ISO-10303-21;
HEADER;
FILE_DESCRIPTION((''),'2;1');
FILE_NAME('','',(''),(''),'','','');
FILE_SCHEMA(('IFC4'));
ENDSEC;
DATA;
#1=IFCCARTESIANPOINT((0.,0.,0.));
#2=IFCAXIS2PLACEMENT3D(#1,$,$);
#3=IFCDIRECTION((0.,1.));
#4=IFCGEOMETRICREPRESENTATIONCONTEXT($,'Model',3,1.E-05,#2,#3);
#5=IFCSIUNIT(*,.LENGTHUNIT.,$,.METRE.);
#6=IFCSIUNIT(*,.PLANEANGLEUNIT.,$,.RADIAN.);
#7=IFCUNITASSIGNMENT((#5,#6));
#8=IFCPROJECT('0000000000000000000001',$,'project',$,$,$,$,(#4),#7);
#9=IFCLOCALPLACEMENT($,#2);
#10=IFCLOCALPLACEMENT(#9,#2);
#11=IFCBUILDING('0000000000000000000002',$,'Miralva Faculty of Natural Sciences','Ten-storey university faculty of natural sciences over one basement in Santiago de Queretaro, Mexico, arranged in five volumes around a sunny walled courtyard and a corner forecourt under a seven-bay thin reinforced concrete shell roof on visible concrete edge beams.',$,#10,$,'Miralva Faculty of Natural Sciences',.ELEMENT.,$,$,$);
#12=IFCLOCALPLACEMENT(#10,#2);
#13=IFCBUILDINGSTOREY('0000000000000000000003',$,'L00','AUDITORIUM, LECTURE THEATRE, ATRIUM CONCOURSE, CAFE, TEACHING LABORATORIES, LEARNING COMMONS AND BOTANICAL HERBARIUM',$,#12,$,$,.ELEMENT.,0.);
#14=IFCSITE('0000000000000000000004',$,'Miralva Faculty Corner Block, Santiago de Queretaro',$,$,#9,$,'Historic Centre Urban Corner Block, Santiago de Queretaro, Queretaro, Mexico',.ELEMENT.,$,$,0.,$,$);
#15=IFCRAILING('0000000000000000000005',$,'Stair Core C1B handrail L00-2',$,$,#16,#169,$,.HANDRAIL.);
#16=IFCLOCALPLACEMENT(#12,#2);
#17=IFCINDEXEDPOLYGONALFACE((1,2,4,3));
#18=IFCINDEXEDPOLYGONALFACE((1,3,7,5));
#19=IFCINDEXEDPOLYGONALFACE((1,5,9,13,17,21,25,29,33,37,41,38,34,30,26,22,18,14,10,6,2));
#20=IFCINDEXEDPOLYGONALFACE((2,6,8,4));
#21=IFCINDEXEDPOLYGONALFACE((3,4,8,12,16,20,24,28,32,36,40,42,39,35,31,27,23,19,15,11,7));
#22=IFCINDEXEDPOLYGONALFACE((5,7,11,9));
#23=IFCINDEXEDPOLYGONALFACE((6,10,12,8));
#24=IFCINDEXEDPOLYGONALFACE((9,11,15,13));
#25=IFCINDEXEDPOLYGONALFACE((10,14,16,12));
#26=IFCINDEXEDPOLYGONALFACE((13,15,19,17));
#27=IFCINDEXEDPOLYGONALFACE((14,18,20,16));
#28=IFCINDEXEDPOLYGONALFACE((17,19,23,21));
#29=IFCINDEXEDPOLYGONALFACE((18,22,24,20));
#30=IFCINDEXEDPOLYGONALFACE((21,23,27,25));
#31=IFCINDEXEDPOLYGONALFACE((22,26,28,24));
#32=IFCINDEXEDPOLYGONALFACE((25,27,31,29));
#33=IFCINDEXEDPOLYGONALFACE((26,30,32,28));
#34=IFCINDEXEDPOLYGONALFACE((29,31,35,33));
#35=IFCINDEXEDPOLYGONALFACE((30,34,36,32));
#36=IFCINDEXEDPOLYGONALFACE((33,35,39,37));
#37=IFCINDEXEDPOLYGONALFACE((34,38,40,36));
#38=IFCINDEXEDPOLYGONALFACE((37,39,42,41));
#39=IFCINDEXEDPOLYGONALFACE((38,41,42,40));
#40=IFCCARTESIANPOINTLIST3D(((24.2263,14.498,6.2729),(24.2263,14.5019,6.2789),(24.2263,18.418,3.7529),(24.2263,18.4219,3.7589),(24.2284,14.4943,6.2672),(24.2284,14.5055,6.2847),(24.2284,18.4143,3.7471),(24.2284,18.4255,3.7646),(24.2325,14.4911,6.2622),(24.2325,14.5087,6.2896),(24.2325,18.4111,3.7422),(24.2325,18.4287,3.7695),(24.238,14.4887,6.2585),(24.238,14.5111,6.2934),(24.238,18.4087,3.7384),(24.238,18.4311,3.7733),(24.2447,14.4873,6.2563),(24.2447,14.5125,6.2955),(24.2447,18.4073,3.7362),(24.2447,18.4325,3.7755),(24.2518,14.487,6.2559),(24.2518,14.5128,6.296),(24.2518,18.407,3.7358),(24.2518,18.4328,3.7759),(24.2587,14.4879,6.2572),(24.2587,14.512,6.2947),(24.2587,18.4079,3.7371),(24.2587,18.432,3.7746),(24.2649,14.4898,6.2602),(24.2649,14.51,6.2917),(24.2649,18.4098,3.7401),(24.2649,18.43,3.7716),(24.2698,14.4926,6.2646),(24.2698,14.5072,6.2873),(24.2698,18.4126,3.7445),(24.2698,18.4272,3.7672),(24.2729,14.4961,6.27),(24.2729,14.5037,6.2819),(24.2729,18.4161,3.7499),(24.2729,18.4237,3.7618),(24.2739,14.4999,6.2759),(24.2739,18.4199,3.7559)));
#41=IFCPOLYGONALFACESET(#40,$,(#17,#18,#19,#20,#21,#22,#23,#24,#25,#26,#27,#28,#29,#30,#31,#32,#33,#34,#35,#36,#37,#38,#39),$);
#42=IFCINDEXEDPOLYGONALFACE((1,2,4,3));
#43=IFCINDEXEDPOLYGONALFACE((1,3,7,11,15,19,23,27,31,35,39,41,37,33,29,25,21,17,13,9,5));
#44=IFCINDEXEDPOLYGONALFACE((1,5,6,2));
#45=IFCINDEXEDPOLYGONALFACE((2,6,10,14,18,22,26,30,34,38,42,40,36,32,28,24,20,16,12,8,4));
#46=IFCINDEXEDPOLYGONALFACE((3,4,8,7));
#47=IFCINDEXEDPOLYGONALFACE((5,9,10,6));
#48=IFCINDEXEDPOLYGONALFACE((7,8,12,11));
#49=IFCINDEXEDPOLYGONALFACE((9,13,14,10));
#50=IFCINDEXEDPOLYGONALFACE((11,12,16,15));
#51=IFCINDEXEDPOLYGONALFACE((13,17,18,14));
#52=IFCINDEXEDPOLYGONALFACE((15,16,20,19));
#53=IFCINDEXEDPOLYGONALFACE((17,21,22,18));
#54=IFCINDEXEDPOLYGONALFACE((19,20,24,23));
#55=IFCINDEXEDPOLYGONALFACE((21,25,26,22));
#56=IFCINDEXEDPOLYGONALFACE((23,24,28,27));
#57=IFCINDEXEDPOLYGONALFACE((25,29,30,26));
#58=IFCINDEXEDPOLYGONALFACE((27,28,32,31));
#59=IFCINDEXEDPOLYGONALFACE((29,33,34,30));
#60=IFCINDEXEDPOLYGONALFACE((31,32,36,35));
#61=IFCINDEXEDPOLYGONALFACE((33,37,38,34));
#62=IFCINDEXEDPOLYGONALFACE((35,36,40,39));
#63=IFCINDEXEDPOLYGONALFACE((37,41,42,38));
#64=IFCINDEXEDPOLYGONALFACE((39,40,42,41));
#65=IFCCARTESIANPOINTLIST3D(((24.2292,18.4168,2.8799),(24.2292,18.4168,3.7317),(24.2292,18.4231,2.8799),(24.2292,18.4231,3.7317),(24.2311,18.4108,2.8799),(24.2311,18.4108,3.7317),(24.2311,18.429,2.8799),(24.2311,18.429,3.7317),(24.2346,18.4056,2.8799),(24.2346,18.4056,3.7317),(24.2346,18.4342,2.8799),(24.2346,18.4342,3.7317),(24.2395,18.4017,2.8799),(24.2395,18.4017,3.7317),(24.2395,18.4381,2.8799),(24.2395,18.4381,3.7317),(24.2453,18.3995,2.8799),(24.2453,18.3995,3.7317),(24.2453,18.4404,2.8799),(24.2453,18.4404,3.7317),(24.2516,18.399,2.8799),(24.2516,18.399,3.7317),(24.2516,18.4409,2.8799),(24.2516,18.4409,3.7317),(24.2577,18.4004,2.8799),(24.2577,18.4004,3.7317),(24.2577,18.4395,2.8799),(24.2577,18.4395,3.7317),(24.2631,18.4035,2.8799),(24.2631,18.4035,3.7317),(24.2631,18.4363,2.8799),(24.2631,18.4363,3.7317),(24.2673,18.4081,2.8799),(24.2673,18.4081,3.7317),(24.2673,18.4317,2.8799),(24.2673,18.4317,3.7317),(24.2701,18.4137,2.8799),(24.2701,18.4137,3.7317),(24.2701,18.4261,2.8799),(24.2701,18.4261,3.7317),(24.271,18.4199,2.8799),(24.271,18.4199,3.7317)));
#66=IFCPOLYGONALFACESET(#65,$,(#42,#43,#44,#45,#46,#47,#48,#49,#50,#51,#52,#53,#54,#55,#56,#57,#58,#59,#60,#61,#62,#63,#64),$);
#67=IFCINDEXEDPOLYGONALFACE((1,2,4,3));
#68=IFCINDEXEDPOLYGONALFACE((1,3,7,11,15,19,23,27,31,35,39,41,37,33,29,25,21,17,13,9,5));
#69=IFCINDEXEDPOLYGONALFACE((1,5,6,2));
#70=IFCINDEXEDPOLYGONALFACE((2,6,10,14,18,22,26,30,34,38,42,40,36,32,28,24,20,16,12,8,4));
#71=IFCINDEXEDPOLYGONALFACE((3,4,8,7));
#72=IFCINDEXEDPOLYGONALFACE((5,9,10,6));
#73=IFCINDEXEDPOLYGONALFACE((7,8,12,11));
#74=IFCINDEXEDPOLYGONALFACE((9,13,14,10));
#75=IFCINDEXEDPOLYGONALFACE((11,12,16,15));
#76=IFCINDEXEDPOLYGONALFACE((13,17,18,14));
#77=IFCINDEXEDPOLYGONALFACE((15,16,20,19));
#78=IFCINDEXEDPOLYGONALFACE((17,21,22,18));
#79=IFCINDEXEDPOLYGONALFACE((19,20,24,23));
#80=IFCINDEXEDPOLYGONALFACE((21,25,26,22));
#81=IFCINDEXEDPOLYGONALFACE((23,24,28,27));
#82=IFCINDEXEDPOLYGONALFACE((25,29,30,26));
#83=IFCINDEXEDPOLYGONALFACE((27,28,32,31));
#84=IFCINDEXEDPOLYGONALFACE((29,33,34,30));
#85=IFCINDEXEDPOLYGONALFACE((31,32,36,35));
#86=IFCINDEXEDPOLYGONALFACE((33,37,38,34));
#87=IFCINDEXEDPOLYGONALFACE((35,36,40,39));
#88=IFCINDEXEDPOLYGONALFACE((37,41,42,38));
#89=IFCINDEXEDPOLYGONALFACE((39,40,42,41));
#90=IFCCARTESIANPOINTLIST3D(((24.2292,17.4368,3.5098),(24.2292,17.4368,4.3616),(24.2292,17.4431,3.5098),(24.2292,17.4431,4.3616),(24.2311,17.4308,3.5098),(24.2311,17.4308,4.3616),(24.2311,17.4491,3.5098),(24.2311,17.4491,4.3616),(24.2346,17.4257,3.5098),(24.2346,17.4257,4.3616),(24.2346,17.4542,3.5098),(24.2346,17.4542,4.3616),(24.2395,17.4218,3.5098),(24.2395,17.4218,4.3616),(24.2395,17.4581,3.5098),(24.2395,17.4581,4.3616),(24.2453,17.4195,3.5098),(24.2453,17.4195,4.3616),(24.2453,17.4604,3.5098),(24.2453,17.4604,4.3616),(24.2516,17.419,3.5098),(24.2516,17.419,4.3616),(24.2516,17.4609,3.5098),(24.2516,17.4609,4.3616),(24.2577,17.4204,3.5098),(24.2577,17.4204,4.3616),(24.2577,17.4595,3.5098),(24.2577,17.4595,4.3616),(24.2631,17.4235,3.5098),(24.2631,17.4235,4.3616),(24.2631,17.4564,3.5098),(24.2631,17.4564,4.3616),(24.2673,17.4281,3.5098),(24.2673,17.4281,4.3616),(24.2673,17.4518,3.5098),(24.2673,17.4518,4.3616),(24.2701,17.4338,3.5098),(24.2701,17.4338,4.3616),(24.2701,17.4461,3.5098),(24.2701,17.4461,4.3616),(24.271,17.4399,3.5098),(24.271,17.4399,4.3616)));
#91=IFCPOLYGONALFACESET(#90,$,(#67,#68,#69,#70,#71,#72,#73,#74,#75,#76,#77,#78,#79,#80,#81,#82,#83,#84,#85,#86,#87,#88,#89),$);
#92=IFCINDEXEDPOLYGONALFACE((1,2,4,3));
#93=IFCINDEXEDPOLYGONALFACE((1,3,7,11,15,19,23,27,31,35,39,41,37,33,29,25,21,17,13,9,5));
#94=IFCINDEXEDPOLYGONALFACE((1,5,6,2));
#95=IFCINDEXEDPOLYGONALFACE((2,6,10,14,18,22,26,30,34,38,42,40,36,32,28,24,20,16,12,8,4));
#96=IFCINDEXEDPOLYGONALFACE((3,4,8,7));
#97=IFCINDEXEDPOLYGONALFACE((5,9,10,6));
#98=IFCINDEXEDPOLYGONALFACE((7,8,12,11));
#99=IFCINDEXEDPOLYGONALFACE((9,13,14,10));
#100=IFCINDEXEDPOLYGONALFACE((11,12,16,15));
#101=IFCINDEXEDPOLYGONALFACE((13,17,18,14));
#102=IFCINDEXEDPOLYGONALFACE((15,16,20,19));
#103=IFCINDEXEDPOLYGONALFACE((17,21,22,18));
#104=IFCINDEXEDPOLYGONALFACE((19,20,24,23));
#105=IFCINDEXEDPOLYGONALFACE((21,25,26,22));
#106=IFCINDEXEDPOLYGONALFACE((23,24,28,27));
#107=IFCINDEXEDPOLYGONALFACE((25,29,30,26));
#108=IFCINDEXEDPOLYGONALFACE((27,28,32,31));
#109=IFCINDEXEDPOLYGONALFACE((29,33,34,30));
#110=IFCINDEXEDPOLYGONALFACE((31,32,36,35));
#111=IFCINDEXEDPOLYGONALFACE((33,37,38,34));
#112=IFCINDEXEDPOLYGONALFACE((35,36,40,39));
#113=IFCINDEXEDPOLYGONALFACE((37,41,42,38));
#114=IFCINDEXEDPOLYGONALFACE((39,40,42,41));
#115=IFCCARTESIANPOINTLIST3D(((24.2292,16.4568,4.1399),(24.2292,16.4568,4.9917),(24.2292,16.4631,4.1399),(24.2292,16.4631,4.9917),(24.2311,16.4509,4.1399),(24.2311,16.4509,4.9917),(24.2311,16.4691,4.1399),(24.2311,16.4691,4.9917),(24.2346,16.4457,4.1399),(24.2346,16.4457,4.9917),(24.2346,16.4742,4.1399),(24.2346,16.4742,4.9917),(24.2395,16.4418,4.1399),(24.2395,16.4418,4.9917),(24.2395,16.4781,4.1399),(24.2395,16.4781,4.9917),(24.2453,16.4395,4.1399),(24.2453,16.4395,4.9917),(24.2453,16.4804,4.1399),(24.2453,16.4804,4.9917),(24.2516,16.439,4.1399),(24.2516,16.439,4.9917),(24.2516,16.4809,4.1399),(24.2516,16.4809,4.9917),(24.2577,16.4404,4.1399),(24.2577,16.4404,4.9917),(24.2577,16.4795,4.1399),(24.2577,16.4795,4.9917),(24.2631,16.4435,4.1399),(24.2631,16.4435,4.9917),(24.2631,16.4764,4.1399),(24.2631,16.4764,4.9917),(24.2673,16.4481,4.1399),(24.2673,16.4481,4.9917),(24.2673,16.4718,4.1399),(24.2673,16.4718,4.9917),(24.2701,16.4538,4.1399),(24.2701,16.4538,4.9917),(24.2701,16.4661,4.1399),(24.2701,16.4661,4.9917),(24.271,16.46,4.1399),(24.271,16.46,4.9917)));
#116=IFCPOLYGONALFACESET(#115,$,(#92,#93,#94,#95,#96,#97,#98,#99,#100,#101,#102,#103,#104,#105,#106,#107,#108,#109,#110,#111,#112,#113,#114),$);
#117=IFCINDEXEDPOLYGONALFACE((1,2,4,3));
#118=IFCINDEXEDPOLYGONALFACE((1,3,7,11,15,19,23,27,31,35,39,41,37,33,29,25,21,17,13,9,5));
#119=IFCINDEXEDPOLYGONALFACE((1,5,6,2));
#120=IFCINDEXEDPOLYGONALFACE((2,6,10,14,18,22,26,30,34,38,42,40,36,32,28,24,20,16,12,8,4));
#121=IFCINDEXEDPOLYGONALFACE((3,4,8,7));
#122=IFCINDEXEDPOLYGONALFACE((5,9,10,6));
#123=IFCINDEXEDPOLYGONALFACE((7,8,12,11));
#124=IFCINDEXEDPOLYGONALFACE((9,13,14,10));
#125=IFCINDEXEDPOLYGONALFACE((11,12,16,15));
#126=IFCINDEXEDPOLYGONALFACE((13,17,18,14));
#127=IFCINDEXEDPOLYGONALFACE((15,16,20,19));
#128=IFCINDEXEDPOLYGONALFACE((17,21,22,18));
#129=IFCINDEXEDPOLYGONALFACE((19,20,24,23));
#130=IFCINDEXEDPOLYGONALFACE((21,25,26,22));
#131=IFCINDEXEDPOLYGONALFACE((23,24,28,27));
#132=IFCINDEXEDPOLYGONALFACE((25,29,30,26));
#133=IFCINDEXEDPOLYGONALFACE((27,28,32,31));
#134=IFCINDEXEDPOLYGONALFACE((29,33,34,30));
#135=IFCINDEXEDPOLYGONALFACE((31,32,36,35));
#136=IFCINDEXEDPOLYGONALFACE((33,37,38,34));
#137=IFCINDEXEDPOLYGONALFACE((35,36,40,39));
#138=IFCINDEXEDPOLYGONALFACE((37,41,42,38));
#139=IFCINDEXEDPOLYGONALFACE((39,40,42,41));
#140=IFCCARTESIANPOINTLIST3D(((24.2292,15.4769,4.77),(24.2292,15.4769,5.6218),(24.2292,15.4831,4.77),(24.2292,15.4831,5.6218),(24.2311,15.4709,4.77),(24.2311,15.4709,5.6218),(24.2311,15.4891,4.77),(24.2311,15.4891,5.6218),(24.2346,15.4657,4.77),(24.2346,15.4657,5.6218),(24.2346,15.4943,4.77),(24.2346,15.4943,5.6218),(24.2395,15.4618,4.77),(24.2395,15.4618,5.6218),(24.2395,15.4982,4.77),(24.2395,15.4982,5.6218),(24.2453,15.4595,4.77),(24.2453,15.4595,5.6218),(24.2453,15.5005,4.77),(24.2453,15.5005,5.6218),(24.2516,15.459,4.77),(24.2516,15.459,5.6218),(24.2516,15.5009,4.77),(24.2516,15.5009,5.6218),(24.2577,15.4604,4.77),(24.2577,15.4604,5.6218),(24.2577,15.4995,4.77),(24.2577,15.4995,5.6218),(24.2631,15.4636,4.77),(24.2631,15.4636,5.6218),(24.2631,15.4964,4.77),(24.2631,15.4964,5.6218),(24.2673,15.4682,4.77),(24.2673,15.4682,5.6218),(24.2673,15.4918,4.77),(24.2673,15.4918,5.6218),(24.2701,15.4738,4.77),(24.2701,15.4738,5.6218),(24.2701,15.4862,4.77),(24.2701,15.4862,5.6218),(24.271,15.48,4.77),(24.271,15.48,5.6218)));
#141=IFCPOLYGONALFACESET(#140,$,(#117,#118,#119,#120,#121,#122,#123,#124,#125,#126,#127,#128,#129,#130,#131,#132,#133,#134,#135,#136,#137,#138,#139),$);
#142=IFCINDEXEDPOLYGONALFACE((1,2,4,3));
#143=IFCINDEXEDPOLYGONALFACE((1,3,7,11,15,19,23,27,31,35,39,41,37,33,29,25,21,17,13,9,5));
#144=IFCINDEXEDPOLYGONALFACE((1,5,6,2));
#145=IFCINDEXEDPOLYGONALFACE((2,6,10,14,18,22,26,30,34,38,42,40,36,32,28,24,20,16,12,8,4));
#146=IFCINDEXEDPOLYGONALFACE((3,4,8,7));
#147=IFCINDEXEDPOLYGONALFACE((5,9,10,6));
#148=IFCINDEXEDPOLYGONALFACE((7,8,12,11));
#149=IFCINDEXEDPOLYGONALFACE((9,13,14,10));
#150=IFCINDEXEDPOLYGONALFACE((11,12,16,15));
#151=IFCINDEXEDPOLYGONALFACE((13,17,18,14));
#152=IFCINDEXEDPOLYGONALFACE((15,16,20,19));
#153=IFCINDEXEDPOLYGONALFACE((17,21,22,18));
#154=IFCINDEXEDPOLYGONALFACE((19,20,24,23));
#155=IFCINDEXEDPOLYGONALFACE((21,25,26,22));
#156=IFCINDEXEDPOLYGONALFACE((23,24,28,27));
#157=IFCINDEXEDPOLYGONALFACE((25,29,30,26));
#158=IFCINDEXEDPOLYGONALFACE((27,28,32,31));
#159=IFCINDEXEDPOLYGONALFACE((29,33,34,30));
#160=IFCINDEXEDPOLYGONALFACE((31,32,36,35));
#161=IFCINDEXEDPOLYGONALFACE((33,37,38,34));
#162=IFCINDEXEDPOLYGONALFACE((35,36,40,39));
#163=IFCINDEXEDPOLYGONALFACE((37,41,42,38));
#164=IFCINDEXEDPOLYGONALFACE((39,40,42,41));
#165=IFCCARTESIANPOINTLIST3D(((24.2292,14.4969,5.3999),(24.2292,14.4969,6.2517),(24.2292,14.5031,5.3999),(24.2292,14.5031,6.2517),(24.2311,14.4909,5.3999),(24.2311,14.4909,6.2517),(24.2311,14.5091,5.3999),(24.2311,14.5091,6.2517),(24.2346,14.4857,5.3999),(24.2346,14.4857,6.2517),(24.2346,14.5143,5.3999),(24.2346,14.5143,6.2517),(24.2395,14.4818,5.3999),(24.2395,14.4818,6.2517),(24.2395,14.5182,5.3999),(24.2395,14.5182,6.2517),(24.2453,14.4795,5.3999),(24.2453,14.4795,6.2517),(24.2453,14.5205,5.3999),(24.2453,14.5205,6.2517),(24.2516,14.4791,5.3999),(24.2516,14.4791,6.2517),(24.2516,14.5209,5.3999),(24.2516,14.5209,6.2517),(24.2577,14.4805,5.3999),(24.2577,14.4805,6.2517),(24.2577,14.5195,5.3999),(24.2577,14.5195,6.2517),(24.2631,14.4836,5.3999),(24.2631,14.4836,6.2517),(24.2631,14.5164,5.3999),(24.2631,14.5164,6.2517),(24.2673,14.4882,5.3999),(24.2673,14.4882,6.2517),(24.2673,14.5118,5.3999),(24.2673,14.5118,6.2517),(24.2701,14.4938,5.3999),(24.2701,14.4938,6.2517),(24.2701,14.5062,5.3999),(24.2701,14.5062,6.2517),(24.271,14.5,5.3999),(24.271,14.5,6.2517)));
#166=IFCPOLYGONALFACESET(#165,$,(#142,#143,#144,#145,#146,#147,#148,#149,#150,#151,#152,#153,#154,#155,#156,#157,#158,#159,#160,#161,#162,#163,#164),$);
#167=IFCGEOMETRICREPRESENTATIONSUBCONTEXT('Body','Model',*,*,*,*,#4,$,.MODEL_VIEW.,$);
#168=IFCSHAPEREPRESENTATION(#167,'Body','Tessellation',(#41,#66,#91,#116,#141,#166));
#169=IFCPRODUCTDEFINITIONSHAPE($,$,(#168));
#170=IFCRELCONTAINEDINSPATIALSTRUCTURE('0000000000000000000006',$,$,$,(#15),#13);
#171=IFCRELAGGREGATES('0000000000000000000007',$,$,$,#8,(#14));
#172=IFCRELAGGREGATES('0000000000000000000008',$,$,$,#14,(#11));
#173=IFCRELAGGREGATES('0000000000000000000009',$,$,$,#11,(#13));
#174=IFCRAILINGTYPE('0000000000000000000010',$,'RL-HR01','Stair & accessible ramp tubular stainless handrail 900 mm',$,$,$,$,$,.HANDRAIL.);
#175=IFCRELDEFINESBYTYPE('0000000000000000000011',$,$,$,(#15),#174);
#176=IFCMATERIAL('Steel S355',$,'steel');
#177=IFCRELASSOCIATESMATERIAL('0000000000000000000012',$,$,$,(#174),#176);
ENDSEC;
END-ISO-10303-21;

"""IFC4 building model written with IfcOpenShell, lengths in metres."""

from ifc_helpers import new_model, si_unit, direction, frame, origin, origin_2d, place, context, subcontext, project, spatial, circle, extrude, material, type_object, element, save


model = new_model("IFC4")

# Units and contexts
model_context = context("Model", 3, precision=1e-05, world=origin(), true_north=direction((0.0, 1.0)))
body_context = subcontext(model_context, "Body", "Model", "MODEL_VIEW")
ifc_project = project(units=[si_unit("LENGTHUNIT", "METRE"), si_unit("PLANEANGLEUNIT", "RADIAN")], contexts=[model_context])

# Site, building, storey
site_placement = place(None, origin())
site = spatial("IfcSite", under=ifc_project, at=site_placement, Name="Miralva Faculty Corner Block, Santiago de Queretaro", LongName="Historic Centre Urban Corner Block, Santiago de Queretaro, Queretaro, Mexico", CompositionType="ELEMENT", RefElevation=0.0)
building_placement = place(site_placement, origin())
building = spatial("IfcBuilding", under=site, at=building_placement, Name="Miralva Faculty of Natural Sciences", Description="Ten-storey university faculty of natural sciences over one basement in Santiago de Queretaro, Mexico, arranged in five volumes around a sunny walled courtyard and a corner forecourt under a seven-bay thin reinforced concrete shell roof on visible concrete edge beams.", LongName="Miralva Faculty of Natural Sciences", CompositionType="ELEMENT")
storey_placement = place(building_placement, origin())
storey = spatial("IfcBuildingStorey", under=building, at=storey_placement, Name="L00", Description="AUDITORIUM, LECTURE THEATRE, ATRIUM CONCOURSE, CAFE, TEACHING LABORATORIES, LEARNING COMMONS AND BOTANICAL HERBARIUM", CompositionType="ELEMENT", Elevation=0.0)

# Railing
ifc_material_1 = material(Name="Steel S355", Category="steel")
railing_type_1 = type_object("IfcRailingType", Name="RL-HR01", Description="Stair & accessible ramp tubular stainless handrail 900 mm", PredefinedType="HANDRAIL", material=ifc_material_1)
railing_1_placement = place(storey_placement, frame((24.25, 18.4199, 2.8799)))
element("IfcRailing", 1, at=railing_1_placement, inside=storey, type_object=railing_type_1, Name="Stair Core C1B handrail L00-2", PredefinedType="HANDRAIL", context=body_context, shape_type="SweptSolid", body=[
    extrude(circle(Radius=0.0239, at=origin_2d()), frame((0.0, 0.0, 0.876), z_axis=(0.0, -0.841172, 0.540768), x_axis=(1.0, 0.0, 0.0)), (0.0, 0.0, 1.0), 4.6602),
    extrude(circle(Radius=0.021, at=origin_2d()), origin(), (0.0, 0.0, 1.0), 0.8518),
    extrude(circle(Radius=0.021, at=origin_2d()), frame((0.0, -0.98, 0.6299)), (0.0, 0.0, 1.0), 0.8518),
    extrude(circle(Radius=0.021, at=origin_2d()), frame((0.0, -1.96, 1.26)), (0.0, 0.0, 1.0), 0.8518),
    extrude(circle(Radius=0.021, at=origin_2d()), frame((0.0, -2.9399, 1.8901)), (0.0, 0.0, 1.0), 0.8518),
    extrude(circle(Radius=0.021, at=origin_2d()), frame((0.0, -3.9199, 2.52)), (0.0, 0.0, 1.0), 0.8518),
])

save(model, "model.ifc")
